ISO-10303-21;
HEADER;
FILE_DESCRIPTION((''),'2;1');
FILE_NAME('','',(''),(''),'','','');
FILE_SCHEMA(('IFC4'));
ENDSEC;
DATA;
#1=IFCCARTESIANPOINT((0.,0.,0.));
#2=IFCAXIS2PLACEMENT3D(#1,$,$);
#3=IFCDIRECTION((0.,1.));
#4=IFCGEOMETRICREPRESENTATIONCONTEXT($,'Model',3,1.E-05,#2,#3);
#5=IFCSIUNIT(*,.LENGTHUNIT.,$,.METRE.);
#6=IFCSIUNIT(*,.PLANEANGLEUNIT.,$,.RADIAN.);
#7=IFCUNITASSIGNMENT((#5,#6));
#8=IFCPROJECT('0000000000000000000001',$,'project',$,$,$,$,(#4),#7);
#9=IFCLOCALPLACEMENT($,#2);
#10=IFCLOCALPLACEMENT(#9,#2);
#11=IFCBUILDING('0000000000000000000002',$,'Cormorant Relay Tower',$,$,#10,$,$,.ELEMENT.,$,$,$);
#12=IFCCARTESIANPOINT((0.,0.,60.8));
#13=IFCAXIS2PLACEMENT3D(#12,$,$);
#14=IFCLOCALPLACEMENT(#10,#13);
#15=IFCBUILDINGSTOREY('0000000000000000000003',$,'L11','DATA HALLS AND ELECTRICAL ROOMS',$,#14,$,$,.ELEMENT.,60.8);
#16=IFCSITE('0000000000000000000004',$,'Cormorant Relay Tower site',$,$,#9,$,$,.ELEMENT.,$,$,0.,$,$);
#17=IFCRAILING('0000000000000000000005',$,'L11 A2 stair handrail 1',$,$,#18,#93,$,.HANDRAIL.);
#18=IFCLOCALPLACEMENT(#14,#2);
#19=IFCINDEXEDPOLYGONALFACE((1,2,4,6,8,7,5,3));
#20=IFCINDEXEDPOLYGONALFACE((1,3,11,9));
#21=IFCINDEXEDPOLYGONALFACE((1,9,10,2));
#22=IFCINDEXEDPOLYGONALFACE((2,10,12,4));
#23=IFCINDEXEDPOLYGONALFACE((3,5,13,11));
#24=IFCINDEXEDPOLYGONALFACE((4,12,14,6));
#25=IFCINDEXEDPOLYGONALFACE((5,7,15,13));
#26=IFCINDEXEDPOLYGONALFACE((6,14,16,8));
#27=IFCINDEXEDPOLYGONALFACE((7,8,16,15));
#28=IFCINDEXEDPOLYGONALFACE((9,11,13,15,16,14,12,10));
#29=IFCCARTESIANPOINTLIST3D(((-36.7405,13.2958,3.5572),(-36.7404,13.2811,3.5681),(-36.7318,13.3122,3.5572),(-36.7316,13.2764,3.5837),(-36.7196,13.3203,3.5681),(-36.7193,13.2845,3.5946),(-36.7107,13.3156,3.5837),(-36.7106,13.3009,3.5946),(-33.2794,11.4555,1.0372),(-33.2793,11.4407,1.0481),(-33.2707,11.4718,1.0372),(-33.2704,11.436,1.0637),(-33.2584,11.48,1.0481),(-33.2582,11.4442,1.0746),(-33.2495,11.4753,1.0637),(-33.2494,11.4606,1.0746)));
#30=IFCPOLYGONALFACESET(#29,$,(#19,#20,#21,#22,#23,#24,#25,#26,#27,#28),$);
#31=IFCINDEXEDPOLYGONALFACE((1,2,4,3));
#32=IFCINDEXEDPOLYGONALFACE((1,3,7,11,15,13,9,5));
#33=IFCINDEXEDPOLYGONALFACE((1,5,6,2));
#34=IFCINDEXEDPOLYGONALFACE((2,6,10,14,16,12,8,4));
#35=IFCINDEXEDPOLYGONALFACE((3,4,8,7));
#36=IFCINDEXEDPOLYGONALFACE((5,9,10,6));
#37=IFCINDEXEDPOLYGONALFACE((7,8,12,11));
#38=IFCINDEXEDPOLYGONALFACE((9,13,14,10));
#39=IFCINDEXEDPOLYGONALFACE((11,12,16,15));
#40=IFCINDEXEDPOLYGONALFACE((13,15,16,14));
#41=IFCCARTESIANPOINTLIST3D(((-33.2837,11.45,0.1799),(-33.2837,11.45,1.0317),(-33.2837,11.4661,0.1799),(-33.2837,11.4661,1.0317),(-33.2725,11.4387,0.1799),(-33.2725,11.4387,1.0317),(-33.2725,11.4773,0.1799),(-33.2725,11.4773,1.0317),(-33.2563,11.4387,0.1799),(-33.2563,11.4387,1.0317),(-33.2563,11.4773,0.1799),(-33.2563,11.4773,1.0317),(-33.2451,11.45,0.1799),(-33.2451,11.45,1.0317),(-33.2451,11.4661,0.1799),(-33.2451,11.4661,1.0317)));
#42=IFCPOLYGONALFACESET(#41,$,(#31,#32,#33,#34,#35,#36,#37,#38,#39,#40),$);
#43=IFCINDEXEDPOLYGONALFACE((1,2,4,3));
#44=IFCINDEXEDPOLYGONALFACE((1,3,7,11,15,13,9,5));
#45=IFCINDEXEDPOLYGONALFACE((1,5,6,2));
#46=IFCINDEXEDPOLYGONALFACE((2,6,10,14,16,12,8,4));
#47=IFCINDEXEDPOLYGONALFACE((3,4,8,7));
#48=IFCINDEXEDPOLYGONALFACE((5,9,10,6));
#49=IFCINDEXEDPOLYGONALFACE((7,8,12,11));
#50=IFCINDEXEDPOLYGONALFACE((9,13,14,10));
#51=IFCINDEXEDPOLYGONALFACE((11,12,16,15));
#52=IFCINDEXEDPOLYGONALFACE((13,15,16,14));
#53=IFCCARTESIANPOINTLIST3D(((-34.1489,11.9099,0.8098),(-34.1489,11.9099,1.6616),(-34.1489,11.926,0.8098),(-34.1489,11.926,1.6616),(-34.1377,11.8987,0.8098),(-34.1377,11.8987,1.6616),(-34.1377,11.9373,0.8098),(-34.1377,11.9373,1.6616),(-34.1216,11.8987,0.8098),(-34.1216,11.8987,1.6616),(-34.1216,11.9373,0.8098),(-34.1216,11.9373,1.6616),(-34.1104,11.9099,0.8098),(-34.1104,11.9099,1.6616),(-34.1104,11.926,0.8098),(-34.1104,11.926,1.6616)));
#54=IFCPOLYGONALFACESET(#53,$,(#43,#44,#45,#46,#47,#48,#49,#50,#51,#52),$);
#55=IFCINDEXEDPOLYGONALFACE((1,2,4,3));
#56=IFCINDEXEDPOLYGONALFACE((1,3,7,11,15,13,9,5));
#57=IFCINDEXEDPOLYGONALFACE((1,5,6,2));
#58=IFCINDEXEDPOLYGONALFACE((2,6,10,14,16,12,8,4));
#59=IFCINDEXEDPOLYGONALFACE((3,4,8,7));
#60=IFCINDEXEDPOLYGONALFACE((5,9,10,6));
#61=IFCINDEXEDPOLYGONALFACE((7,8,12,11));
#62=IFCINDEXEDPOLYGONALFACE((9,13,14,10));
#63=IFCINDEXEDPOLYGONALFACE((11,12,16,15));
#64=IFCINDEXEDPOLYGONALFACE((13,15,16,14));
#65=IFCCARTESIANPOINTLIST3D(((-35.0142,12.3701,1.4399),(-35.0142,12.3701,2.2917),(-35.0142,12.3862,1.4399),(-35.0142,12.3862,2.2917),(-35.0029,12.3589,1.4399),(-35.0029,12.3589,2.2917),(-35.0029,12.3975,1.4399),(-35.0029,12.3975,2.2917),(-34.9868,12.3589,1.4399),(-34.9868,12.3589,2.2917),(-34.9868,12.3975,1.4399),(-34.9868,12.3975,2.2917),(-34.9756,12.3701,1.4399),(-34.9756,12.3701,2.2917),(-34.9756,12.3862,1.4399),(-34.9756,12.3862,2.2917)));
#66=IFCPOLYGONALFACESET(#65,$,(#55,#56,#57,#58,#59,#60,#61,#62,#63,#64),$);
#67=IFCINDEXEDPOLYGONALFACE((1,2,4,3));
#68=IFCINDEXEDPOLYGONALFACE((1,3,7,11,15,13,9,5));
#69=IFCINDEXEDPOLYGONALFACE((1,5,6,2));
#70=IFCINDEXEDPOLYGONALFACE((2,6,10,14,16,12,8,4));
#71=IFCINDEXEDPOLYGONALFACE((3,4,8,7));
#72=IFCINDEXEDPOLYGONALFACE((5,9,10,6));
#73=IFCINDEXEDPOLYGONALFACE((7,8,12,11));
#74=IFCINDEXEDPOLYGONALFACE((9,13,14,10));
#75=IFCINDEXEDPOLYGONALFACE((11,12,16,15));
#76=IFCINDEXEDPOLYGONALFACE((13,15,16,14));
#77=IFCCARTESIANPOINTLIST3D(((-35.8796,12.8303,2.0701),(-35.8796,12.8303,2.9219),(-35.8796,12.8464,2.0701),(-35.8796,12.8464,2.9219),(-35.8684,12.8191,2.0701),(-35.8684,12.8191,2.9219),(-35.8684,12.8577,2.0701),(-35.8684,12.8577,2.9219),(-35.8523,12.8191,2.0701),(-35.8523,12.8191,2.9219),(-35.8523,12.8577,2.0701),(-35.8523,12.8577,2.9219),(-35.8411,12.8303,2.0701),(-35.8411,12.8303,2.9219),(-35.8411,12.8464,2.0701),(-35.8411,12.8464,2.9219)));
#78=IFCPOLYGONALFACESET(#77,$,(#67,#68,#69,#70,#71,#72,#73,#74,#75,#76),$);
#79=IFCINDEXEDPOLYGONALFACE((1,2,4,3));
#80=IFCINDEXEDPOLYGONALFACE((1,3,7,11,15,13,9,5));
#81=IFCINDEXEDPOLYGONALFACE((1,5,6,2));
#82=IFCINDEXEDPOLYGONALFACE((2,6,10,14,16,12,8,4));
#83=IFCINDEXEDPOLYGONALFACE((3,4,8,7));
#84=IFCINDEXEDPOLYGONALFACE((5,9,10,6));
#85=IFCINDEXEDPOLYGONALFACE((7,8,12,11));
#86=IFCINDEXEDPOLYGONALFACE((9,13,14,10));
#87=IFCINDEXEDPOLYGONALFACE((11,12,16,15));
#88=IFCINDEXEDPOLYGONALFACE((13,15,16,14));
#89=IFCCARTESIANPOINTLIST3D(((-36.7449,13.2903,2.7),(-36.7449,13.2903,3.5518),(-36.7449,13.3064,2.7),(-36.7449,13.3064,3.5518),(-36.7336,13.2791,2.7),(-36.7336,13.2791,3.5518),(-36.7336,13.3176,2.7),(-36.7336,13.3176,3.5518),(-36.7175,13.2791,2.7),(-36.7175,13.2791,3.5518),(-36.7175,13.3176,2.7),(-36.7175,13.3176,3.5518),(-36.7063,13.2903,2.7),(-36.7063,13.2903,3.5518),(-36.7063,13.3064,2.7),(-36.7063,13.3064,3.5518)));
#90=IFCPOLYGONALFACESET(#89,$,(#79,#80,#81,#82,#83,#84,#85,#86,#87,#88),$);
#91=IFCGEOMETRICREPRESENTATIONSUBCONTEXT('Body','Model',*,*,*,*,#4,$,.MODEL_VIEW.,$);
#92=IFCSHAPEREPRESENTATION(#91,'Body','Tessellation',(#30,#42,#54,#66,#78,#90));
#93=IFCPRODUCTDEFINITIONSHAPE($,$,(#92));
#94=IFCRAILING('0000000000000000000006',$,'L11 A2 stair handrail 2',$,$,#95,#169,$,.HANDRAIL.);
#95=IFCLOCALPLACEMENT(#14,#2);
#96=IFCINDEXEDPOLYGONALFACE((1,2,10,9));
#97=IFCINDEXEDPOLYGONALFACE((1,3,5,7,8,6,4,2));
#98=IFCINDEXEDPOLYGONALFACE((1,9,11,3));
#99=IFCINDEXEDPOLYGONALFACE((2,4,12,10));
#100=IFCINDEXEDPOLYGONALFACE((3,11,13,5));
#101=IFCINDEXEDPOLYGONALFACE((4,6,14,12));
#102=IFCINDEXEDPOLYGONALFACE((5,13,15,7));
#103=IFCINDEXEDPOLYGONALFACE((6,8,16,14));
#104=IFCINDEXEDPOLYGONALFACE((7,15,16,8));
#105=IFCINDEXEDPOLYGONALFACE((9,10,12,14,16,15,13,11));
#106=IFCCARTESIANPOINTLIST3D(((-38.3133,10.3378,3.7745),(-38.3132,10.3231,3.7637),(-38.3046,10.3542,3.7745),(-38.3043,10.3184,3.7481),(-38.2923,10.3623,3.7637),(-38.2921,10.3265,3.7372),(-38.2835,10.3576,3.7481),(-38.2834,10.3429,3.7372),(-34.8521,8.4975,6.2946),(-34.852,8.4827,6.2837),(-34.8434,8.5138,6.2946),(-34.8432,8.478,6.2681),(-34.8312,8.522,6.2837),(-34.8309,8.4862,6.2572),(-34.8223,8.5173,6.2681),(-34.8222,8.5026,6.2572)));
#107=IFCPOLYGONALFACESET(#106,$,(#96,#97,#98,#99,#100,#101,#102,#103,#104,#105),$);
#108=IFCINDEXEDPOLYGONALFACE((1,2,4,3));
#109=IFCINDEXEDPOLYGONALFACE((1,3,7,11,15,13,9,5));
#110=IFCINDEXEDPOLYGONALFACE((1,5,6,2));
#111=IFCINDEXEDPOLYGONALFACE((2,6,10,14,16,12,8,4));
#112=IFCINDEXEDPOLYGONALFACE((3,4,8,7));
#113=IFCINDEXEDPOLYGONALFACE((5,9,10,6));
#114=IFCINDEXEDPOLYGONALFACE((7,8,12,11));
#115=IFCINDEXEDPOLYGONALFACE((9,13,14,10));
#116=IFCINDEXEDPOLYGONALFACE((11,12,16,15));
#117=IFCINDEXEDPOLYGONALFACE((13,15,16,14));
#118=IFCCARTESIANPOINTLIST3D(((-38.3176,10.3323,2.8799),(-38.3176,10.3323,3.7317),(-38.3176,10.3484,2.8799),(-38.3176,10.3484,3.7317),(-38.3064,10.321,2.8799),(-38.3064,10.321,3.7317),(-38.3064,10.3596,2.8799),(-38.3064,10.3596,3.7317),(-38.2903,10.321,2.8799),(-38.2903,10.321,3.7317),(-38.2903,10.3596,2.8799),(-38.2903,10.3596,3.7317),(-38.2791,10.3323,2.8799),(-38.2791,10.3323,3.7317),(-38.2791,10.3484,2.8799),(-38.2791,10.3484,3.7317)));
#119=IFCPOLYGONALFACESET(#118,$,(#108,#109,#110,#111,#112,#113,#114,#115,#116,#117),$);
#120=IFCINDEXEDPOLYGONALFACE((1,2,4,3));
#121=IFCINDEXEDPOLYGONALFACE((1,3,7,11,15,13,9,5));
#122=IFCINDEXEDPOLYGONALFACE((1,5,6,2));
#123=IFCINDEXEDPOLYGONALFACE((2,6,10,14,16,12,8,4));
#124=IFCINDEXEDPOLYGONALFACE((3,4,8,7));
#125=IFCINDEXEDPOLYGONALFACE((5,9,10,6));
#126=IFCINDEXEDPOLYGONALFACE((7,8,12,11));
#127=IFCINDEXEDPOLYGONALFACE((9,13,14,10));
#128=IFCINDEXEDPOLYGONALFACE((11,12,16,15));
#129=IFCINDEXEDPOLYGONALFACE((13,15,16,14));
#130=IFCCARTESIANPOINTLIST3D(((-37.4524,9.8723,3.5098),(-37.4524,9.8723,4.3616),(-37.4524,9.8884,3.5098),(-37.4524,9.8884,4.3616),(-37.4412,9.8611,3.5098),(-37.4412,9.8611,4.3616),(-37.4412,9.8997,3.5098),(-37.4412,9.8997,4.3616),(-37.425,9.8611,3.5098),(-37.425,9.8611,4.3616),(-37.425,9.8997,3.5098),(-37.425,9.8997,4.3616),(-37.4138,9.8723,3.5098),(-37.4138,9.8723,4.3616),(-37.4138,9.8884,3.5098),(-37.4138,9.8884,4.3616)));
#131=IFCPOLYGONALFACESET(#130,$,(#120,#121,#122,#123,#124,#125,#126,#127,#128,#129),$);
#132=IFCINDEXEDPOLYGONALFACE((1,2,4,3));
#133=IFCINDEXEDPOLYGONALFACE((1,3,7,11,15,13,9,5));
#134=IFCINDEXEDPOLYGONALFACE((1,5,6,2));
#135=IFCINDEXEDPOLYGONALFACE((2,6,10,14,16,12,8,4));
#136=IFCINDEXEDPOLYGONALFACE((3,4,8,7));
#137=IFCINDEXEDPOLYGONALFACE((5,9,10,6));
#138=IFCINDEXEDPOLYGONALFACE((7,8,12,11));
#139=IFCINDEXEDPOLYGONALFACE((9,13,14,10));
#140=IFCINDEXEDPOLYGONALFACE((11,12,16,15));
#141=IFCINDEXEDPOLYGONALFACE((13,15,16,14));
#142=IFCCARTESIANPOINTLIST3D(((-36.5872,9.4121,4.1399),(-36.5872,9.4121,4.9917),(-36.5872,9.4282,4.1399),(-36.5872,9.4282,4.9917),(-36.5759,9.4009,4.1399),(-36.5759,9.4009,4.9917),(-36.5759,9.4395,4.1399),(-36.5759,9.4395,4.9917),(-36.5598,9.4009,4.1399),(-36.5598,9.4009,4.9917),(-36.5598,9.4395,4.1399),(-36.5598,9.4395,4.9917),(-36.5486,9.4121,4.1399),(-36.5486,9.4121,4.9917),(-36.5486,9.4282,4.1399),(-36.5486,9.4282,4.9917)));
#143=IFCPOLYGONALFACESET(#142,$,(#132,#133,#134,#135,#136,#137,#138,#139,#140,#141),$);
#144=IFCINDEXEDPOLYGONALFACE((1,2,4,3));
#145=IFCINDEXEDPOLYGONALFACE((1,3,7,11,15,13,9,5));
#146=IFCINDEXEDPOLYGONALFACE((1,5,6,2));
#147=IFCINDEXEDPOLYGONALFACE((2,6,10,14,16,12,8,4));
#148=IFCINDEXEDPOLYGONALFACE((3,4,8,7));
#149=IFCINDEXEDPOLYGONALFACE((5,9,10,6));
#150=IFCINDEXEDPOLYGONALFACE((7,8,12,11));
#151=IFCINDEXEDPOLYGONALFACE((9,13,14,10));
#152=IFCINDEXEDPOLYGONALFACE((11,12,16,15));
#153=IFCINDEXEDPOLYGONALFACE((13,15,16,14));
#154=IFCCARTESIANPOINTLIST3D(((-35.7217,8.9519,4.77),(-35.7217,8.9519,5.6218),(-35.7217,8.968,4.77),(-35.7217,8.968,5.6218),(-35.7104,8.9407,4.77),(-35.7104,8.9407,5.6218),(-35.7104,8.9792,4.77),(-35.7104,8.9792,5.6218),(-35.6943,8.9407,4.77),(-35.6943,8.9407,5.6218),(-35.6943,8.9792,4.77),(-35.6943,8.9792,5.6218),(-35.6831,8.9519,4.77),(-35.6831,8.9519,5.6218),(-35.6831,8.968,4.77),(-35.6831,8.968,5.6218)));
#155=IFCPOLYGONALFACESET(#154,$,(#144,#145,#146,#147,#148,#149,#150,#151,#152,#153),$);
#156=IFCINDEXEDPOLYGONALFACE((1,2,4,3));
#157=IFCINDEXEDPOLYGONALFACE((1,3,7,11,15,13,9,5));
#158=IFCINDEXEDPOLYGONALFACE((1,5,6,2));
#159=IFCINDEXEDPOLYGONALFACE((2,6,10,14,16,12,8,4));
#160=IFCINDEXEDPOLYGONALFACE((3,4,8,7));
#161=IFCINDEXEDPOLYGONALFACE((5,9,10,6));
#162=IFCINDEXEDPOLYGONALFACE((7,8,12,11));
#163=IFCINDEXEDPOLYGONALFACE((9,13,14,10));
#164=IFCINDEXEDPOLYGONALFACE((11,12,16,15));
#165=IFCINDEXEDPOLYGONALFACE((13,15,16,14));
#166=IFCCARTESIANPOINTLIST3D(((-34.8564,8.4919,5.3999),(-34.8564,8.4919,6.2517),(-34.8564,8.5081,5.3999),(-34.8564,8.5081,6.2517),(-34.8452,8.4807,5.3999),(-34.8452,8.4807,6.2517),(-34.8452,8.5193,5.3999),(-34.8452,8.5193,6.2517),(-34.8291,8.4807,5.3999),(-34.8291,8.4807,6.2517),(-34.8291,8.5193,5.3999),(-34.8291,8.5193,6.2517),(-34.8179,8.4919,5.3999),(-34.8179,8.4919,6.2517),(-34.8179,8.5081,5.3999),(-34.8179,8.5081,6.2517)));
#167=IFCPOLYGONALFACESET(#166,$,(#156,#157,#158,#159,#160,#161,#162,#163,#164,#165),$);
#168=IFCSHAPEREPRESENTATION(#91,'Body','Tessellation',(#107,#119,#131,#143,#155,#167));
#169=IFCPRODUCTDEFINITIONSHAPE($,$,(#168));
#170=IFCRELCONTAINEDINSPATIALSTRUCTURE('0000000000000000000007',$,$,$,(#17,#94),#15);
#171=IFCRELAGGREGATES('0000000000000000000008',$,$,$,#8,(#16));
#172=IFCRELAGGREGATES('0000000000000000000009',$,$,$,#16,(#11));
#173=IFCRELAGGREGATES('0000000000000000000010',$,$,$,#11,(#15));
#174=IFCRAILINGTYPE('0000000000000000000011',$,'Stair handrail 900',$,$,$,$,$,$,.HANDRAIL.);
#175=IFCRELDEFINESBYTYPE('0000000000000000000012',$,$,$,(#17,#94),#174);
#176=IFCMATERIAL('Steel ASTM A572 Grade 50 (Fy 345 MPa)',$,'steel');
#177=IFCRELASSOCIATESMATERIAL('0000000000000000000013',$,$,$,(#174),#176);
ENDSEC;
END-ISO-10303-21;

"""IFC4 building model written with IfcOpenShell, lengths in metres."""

from ifc_helpers import new_model, si_unit, direction, frame, origin, place, context, subcontext, project, spatial, polyline, outline, extrude, material, type_object, element, save


model = new_model("IFC4")

# Units and contexts
model_context = context("Model", 3, precision=1e-05, world=origin(), true_north=direction((0.0, 1.0)))
body_context = subcontext(model_context, "Body", "Model", "MODEL_VIEW")
ifc_project = project(units=[si_unit("LENGTHUNIT", "METRE"), si_unit("PLANEANGLEUNIT", "RADIAN")], contexts=[model_context])

# Site, building, storey
site_placement = place(None, origin())
site = spatial("IfcSite", under=ifc_project, at=site_placement, Name="Cormorant Relay Tower site", CompositionType="ELEMENT", RefElevation=0.0)
building_placement = place(site_placement, origin())
building = spatial("IfcBuilding", under=site, at=building_placement, Name="Cormorant Relay Tower", CompositionType="ELEMENT")
storey_placement = place(building_placement, frame((0.0, 0.0, 60.8)))
storey = spatial("IfcBuildingStorey", under=building, at=storey_placement, Name="L11", Description="DATA HALLS AND ELECTRICAL ROOMS", CompositionType="ELEMENT", Elevation=60.8)

# Railings
ifc_material_1 = material(Name="Steel ASTM A572 Grade 50 (Fy 345 MPa)", Category="steel")
railing_type_1 = type_object("IfcRailingType", Name="Stair handrail 900", PredefinedType="HANDRAIL", material=ifc_material_1)
railing_1_placement = place(storey_placement, frame((-33.2644, 11.458, 0.1799)))
element("IfcRailing", 1, at=railing_1_placement, inside=storey, type_object=railing_type_1, Name="L11 A2 stair handrail 1", PredefinedType="HANDRAIL", context=body_context, shape_type="SweptSolid", body=[
    extrude(outline(polyline([(0.0222, 0.0093), (0.0093, 0.0222), (-0.0093, 0.0222), (-0.0222, 0.0093), (-0.0222, -0.0093), (-0.0093, -0.0222), (0.0093, -0.0222), (0.0222, -0.0093), (0.0222, 0.0093)])), frame((0.0, 0.0, 0.876), z_axis=(-0.742717, 0.394907, 0.540758), x_axis=(-0.469469, -0.882949, 0.0)), (0.0, 0.0, 1.0), 4.6602),
    extrude(outline(polyline([(0.0193, 0.0081), (0.0081, 0.0193), (-0.0081, 0.0193), (-0.0193, 0.0081), (-0.0193, -0.0081), (-0.0081, -0.0193), (0.0081, -0.0193), (0.0193, -0.0081), (0.0193, 0.0081)])), origin(), (0.0, 0.0, 1.0), 0.8518),
    extrude(outline(polyline([(0.0193, 0.0081), (0.0081, 0.0193), (-0.0081, 0.0193), (-0.0193, 0.0081), (-0.0193, -0.0081), (-0.0081, -0.0193), (0.0081, -0.0193), (0.0193, -0.0081), (0.0193, 0.0081)])), frame((-0.8652, 0.46, 0.6299)), (0.0, 0.0, 1.0), 0.8518),
    extrude(outline(polyline([(0.0193, 0.0081), (0.0081, 0.0193), (-0.0081, 0.0193), (-0.0193, 0.0081), (-0.0193, -0.0081), (-0.0081, -0.0193), (0.0081, -0.0193), (0.0193, -0.0081), (0.0193, 0.0081)])), frame((-1.7305, 0.9202, 1.26)), (0.0, 0.0, 1.0), 0.8518),
    extrude(outline(polyline([(0.0193, 0.0081), (0.0081, 0.0193), (-0.0081, 0.0193), (-0.0193, 0.0081), (-0.0193, -0.0081), (-0.0081, -0.0193), (0.0081, -0.0193), (0.0193, -0.0081), (0.0193, 0.0081)])), frame((-2.5959, 1.3804, 1.8901)), (0.0, 0.0, 1.0), 0.8518),
    extrude(outline(polyline([(0.0193, 0.0081), (0.0081, 0.0193), (-0.0081, 0.0193), (-0.0193, 0.0081), (-0.0193, -0.0081), (-0.0081, -0.0193), (0.0081, -0.0193), (0.0193, -0.0081), (0.0193, 0.0081)])), frame((-3.4612, 1.8403, 2.52)), (0.0, 0.0, 1.0), 0.8518),
])
railing_2_placement = place(storey_placement, frame((-38.2983, 10.3403, 2.8799)))
element("IfcRailing", 2, at=railing_2_placement, inside=storey, type_object=railing_type_1, Name="L11 A2 stair handrail 2", PredefinedType="HANDRAIL", context=body_context, shape_type="SweptSolid", body=[
    extrude(outline(polyline([(0.0222, 0.0093), (0.0093, 0.0222), (-0.0093, 0.0222), (-0.0222, 0.0093), (-0.0222, -0.0093), (-0.0093, -0.0222), (0.0093, -0.0222), (0.0222, -0.0093), (0.0222, 0.0093)])), frame((0.0, 0.0, 0.876), z_axis=(0.742717, -0.394907, 0.540758), x_axis=(0.469469, 0.882949, 0.0)), (0.0, 0.0, 1.0), 4.6602),
    extrude(outline(polyline([(0.0193, 0.0081), (0.0081, 0.0193), (-0.0081, 0.0193), (-0.0193, 0.0081), (-0.0193, -0.0081), (-0.0081, -0.0193), (0.0081, -0.0193), (0.0193, -0.0081), (0.0193, 0.0081)])), origin(), (0.0, 0.0, 1.0), 0.8518),
    extrude(outline(polyline([(0.0193, 0.0081), (0.0081, 0.0193), (-0.0081, 0.0193), (-0.0193, 0.0081), (-0.0193, -0.0081), (-0.0081, -0.0193), (0.0081, -0.0193), (0.0193, -0.0081), (0.0193, 0.0081)])), frame((0.8652, -0.46, 0.6299)), (0.0, 0.0, 1.0), 0.8518),
    extrude(outline(polyline([(0.0193, 0.0081), (0.0081, 0.0193), (-0.0081, 0.0193), (-0.0193, 0.0081), (-0.0193, -0.0081), (-0.0081, -0.0193), (0.0081, -0.0193), (0.0193, -0.0081), (0.0193, 0.0081)])), frame((1.7305, -0.9202, 1.26)), (0.0, 0.0, 1.0), 0.8518),
    extrude(outline(polyline([(0.0193, 0.0081), (0.0081, 0.0193), (-0.0081, 0.0193), (-0.0193, 0.0081), (-0.0193, -0.0081), (-0.0081, -0.0193), (0.0081, -0.0193), (0.0193, -0.0081), (0.0193, 0.0081)])), frame((2.5959, -1.3804, 1.8901)), (0.0, 0.0, 1.0), 0.8518),
    extrude(outline(polyline([(0.0193, 0.0081), (0.0081, 0.0193), (-0.0081, 0.0193), (-0.0193, 0.0081), (-0.0193, -0.0081), (-0.0081, -0.0193), (0.0081, -0.0193), (0.0193, -0.0081), (0.0193, 0.0081)])), frame((3.4612, -1.8403, 2.52)), (0.0, 0.0, 1.0), 0.8518),
])

save(model, "model.ifc")
